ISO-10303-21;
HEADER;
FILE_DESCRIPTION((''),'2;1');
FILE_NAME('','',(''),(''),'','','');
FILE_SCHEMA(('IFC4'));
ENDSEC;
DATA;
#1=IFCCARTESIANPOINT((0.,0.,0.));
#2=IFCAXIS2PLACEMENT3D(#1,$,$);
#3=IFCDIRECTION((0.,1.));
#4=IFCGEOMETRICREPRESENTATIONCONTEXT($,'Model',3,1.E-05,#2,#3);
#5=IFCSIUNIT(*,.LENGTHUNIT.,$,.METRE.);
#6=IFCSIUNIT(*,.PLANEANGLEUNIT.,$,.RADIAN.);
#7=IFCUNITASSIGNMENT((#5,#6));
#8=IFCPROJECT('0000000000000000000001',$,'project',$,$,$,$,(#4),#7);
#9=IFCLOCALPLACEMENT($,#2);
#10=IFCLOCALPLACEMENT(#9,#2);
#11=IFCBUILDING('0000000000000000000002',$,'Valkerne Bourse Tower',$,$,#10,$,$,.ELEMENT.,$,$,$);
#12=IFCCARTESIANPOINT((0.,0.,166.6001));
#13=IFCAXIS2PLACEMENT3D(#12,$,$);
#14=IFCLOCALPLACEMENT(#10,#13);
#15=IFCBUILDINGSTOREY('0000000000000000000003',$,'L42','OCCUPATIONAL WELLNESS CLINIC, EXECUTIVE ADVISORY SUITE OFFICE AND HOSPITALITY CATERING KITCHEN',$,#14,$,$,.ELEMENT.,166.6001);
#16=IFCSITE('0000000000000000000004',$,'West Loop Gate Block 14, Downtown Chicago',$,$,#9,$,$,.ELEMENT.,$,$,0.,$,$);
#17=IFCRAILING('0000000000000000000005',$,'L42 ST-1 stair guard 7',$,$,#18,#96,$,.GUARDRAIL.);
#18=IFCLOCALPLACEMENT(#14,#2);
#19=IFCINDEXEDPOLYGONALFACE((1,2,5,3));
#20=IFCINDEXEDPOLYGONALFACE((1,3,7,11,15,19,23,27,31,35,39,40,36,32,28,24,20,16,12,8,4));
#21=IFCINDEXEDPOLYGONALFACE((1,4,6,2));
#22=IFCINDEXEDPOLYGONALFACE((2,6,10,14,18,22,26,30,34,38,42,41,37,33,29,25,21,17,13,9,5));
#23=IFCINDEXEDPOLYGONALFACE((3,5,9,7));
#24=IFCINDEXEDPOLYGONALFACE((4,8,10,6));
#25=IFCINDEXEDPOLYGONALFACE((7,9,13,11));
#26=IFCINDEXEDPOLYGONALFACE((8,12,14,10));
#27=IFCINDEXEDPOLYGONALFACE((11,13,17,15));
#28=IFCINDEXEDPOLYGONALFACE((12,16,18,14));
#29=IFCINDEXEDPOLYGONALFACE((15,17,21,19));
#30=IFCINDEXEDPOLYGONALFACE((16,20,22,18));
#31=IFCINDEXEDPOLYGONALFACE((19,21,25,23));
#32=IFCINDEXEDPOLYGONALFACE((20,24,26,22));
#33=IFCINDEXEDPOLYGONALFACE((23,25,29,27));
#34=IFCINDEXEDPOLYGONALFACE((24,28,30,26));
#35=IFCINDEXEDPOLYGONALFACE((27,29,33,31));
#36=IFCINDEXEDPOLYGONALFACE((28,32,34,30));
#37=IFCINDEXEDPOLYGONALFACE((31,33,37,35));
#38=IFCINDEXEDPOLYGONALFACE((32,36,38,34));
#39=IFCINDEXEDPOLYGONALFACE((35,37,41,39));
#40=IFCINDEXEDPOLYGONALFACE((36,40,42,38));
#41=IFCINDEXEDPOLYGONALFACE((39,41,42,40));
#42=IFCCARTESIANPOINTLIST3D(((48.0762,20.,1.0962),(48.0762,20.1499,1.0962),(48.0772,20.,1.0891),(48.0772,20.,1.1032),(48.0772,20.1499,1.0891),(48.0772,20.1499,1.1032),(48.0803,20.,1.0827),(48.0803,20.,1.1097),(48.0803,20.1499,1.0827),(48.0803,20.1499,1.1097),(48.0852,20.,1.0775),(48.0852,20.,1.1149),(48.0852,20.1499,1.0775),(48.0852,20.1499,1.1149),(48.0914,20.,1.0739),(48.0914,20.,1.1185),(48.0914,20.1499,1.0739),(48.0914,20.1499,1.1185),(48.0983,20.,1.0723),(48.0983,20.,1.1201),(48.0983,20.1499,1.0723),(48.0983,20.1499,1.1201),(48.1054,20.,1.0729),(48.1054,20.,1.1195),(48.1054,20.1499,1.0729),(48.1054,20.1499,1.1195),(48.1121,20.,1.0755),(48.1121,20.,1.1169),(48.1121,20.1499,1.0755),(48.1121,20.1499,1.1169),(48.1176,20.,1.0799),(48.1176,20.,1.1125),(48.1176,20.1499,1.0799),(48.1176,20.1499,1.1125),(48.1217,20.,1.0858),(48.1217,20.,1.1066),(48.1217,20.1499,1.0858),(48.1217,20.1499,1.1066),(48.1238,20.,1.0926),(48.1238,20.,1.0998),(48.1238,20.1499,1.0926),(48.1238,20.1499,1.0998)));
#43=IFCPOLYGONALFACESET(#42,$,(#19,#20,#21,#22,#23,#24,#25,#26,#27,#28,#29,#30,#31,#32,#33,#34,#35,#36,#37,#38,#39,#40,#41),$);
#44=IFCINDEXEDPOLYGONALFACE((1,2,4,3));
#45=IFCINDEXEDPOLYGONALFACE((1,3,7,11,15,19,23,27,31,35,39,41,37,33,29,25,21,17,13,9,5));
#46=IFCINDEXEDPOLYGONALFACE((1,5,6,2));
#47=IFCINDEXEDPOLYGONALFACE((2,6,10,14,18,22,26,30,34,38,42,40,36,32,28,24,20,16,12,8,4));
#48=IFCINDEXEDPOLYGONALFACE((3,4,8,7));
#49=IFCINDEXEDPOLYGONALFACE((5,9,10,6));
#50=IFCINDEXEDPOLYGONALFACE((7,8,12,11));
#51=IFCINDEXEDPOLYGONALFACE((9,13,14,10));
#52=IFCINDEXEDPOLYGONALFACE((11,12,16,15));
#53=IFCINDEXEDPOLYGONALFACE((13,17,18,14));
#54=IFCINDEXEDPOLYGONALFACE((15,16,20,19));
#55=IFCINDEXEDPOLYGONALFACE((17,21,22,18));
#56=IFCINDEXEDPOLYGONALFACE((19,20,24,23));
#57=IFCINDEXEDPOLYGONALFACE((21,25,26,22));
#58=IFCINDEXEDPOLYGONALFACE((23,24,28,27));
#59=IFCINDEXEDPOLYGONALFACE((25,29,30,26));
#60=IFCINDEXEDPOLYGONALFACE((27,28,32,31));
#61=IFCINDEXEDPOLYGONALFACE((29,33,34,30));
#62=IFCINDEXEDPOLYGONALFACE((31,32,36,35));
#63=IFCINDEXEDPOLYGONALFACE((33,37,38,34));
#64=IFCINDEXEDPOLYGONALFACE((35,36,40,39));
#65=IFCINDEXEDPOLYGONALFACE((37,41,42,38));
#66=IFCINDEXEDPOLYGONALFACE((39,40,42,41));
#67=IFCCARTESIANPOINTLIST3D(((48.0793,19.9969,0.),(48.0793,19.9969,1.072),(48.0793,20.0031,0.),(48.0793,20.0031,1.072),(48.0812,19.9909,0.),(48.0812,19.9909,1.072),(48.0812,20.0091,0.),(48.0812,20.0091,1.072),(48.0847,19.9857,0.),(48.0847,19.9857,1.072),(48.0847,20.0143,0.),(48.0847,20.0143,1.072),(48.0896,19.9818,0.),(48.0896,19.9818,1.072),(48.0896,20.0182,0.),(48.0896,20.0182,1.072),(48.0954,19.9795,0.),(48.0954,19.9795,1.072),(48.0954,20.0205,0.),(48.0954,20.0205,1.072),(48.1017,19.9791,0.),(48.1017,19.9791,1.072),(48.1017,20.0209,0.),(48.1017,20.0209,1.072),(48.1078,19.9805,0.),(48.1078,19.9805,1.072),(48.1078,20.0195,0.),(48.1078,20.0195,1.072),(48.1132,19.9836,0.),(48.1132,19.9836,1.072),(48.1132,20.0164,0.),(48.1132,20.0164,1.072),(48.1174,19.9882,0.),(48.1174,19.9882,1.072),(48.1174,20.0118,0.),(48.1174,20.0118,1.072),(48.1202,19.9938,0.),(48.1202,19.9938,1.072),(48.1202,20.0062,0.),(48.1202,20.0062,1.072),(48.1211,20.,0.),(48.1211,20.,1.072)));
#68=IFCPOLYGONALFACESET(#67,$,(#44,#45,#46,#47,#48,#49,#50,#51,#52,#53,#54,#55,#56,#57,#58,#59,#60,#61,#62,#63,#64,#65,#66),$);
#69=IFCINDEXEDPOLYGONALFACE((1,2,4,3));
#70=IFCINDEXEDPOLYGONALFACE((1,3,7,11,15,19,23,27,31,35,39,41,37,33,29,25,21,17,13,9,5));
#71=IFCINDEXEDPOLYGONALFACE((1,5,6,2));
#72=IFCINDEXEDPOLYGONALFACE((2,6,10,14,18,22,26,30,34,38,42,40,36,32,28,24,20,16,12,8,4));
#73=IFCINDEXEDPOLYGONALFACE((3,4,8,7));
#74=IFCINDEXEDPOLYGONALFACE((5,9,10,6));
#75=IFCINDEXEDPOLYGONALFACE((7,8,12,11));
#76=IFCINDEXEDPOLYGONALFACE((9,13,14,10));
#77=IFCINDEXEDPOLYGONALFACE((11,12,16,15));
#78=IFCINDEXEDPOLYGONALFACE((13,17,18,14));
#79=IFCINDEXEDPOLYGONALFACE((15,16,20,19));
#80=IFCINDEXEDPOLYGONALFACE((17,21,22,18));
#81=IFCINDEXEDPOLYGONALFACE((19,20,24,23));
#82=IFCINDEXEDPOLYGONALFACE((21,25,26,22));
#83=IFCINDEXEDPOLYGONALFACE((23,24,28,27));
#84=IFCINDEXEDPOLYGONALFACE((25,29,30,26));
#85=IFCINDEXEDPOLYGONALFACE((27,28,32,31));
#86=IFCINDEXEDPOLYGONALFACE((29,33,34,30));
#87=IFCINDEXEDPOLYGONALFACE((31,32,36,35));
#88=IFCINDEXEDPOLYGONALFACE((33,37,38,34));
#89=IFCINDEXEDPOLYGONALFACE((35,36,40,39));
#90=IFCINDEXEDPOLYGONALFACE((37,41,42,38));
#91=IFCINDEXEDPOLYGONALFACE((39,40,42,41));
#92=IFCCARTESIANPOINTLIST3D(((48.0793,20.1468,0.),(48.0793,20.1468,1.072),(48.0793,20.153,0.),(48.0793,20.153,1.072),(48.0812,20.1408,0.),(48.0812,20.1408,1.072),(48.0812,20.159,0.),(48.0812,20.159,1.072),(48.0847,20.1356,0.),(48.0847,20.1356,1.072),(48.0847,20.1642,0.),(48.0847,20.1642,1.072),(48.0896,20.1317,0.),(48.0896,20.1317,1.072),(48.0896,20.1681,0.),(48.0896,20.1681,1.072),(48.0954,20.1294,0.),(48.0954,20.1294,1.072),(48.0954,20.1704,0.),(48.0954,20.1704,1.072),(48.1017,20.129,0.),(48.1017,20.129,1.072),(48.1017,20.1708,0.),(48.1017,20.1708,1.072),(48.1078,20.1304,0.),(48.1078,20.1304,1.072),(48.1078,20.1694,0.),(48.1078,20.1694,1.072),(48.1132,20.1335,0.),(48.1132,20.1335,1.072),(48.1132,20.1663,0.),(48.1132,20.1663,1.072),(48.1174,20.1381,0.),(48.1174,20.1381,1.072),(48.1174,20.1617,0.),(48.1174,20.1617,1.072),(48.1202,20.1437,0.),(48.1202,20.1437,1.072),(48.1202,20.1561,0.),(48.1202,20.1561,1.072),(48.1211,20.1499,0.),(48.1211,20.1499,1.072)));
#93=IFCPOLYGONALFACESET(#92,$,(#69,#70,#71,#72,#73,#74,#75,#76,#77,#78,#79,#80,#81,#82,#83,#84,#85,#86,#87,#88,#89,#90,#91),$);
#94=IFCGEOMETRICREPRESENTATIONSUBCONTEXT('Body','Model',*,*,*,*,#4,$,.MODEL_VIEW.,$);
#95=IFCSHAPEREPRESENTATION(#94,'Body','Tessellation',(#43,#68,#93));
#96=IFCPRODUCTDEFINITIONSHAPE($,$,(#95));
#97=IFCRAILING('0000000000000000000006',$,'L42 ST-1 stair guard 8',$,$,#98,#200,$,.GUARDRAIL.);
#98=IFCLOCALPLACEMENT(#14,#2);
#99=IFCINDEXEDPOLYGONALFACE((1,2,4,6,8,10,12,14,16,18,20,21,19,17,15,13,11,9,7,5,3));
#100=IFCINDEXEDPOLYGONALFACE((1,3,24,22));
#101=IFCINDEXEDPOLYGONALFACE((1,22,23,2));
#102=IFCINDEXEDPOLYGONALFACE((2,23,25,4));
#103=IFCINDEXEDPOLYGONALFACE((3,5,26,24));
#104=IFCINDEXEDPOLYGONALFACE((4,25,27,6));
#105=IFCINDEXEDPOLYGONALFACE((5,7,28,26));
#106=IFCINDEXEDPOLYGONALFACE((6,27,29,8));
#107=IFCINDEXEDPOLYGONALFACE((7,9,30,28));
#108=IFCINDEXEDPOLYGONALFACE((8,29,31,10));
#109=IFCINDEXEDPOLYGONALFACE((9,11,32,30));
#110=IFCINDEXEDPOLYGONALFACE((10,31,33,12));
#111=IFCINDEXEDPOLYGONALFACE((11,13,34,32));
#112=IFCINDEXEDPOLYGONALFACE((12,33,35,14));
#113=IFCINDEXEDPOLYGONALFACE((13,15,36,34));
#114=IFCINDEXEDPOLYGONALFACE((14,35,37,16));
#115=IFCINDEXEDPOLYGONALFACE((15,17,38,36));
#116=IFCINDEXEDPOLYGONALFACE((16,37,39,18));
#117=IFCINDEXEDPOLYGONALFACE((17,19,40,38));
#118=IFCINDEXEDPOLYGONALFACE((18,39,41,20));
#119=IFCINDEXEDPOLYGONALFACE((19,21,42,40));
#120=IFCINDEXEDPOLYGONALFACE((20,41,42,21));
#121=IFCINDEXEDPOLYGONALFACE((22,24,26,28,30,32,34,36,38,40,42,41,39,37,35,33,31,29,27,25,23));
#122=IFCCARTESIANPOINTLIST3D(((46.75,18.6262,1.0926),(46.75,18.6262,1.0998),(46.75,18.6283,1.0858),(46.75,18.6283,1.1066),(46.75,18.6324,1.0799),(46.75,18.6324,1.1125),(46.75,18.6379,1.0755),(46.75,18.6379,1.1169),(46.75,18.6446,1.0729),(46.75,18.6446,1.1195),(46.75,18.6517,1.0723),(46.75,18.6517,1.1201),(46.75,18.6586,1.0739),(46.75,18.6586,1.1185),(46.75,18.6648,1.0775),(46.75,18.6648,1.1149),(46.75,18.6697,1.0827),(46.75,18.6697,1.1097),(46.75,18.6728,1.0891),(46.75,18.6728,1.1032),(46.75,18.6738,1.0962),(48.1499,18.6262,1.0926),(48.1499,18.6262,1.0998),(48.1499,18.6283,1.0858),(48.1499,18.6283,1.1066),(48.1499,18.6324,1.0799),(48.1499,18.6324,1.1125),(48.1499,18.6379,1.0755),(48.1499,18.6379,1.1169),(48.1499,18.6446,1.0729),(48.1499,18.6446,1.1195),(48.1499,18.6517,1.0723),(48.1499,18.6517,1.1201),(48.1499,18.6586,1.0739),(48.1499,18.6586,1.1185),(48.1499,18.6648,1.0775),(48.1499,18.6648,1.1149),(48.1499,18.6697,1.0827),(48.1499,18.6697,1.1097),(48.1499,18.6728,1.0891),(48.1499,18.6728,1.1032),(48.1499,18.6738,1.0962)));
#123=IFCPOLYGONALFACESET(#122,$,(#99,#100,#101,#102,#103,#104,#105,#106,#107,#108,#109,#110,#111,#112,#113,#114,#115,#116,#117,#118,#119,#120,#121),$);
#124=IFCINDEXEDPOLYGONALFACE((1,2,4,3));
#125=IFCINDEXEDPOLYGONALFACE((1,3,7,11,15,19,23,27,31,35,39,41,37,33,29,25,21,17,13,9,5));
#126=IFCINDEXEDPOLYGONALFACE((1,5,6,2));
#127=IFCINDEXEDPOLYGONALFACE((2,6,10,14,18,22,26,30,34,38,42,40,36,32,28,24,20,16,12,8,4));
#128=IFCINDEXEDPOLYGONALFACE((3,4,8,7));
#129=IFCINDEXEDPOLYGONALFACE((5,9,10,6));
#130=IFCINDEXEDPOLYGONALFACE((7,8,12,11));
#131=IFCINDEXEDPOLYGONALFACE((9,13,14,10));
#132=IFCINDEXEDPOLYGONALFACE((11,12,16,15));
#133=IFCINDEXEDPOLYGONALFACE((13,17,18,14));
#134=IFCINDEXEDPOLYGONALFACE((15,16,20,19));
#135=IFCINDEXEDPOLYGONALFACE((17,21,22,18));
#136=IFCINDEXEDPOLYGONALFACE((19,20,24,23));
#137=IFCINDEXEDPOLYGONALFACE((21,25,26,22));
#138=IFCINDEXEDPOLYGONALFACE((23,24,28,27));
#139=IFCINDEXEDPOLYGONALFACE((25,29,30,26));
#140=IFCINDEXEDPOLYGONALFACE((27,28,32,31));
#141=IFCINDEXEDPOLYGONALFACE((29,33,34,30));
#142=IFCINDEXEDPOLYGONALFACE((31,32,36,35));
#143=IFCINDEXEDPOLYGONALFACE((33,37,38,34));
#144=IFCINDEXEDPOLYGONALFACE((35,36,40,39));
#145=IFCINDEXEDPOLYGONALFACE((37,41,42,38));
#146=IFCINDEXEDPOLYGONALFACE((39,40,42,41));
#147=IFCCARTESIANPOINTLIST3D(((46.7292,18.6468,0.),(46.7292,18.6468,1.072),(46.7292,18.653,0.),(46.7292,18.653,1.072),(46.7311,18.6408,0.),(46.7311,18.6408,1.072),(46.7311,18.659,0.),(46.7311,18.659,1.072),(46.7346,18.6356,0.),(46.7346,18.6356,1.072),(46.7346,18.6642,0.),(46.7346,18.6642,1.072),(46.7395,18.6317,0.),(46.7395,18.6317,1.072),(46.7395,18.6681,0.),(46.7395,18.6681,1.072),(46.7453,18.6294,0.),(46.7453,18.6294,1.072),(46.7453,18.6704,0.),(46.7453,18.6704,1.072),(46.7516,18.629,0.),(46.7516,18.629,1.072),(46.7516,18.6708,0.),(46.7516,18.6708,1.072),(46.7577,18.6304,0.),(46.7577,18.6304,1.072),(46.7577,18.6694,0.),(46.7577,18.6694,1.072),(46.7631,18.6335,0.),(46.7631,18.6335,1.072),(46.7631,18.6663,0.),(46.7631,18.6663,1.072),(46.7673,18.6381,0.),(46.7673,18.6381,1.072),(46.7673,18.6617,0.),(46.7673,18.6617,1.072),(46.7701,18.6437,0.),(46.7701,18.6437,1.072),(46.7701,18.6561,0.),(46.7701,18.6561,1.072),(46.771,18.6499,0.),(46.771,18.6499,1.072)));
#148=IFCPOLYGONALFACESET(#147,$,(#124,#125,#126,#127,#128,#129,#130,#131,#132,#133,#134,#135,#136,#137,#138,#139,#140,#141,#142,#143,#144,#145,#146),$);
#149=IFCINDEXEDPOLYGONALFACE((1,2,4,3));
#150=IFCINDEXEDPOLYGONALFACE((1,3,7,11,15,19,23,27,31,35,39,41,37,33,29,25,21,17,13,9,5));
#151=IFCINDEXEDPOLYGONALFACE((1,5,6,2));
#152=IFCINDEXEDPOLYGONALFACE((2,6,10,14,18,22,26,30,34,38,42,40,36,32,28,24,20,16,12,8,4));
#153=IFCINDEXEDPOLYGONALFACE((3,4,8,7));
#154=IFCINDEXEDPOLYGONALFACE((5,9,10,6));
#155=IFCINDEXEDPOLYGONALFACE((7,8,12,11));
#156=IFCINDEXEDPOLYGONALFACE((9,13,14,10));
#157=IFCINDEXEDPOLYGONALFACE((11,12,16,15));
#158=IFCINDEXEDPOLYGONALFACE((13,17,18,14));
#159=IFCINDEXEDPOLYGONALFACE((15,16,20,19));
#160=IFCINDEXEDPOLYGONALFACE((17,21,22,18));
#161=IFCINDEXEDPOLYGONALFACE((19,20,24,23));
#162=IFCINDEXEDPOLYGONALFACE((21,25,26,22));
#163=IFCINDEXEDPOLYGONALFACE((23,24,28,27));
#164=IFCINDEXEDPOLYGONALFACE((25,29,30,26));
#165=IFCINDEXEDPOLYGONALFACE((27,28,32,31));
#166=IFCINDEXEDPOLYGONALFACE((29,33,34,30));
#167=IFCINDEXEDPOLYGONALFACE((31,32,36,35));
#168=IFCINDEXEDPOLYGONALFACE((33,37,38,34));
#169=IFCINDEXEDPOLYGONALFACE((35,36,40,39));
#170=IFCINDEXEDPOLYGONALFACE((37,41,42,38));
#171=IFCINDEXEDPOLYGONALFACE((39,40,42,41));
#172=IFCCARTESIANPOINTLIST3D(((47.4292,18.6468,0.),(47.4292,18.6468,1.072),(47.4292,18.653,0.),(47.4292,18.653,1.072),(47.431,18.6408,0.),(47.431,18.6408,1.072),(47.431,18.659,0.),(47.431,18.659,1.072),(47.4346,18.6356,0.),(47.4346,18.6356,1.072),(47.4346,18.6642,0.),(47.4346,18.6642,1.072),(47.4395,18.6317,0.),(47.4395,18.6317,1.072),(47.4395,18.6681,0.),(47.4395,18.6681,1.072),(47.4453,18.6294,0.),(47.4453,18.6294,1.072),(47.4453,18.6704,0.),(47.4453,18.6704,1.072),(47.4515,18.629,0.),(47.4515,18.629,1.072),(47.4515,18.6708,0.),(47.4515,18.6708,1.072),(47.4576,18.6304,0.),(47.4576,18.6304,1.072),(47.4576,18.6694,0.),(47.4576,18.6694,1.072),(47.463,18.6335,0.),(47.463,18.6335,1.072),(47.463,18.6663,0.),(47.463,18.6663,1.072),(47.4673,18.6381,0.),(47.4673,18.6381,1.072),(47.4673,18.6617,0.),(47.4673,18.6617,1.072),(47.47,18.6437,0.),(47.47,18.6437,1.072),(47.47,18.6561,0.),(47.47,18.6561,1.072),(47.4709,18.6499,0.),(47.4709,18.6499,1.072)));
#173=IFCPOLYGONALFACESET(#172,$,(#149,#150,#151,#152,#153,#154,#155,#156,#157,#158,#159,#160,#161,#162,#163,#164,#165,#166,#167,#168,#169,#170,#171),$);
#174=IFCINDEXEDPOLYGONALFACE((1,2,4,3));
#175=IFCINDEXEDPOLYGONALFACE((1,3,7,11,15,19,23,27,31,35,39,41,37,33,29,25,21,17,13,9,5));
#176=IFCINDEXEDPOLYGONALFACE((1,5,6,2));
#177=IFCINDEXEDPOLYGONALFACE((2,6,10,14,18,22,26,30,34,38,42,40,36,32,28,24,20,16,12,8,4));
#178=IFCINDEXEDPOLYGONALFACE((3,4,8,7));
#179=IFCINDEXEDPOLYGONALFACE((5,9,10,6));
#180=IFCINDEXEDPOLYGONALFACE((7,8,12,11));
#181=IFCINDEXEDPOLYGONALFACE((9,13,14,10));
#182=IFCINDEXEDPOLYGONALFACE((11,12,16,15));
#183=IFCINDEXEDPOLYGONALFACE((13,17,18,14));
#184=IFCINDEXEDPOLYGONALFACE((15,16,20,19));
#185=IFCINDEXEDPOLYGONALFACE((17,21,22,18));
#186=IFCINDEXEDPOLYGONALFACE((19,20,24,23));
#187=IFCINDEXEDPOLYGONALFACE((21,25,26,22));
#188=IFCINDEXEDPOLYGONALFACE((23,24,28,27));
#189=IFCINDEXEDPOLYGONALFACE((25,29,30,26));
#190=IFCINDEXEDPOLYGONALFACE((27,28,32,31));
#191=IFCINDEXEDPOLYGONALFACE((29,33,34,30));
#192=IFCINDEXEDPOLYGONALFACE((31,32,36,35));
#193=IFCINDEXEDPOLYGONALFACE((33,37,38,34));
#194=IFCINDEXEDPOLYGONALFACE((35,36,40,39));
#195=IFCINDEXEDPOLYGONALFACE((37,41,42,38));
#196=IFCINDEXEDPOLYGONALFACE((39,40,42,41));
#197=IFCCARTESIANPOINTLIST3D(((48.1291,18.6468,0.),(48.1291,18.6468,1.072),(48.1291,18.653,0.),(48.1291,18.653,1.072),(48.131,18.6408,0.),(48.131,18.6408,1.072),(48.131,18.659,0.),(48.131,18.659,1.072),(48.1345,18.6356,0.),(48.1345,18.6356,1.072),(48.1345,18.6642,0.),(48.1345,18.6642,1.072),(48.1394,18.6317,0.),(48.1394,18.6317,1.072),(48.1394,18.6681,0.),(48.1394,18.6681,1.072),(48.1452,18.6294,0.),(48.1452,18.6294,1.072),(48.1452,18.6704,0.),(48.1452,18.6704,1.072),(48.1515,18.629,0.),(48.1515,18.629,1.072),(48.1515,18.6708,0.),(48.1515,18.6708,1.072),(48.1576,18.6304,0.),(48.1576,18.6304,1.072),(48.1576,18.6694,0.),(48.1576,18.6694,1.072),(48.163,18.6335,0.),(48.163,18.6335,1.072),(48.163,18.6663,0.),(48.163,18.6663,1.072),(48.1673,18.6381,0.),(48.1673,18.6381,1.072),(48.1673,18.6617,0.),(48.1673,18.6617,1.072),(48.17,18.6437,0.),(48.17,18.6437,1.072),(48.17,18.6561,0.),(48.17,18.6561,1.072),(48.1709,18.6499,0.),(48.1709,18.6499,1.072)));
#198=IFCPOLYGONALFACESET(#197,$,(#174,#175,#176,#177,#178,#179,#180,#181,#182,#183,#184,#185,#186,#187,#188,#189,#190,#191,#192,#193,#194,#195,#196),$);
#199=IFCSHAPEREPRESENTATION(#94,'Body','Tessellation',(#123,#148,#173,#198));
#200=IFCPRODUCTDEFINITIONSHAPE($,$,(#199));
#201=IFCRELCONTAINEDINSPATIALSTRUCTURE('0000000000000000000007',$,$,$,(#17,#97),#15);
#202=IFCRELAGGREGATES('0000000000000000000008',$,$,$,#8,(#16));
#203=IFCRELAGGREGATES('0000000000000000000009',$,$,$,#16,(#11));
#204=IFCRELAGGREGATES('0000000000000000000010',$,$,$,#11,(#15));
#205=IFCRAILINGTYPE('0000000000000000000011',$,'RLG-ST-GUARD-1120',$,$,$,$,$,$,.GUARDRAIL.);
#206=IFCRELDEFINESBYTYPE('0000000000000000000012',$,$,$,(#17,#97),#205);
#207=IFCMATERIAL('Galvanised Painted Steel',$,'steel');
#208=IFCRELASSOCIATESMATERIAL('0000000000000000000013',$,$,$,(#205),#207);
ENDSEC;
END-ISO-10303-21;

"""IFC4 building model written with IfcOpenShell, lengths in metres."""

from ifc_helpers import new_model, si_unit, direction, frame, origin, origin_2d, place, context, subcontext, project, spatial, circle, extrude, material, type_object, element, save


model = new_model("IFC4")

# Units and contexts
model_context = context("Model", 3, precision=1e-05, world=origin(), true_north=direction((0.0, 1.0)))
body_context = subcontext(model_context, "Body", "Model", "MODEL_VIEW")
ifc_project = project(units=[si_unit("LENGTHUNIT", "METRE"), si_unit("PLANEANGLEUNIT", "RADIAN")], contexts=[model_context])

# Site, building, storey
site_placement = place(None, origin())
site = spatial("IfcSite", under=ifc_project, at=site_placement, Name="West Loop Gate Block 14, Downtown Chicago", CompositionType="ELEMENT", RefElevation=0.0)
building_placement = place(site_placement, origin())
building = spatial("IfcBuilding", under=site, at=building_placement, Name="Valkerne Bourse Tower", CompositionType="ELEMENT")
storey_placement = place(building_placement, frame((0.0, 0.0, 166.6001)))
storey = spatial("IfcBuildingStorey", under=building, at=storey_placement, Name="L42", Description="OCCUPATIONAL WELLNESS CLINIC, EXECUTIVE ADVISORY SUITE OFFICE AND HOSPITALITY CATERING KITCHEN", CompositionType="ELEMENT", Elevation=166.6001)

# Shared definitions
ifc_material_1 = material(Name="Galvanised Painted Steel", Category="steel")

# Railings
railing_type_1 = type_object("IfcRailingType", Name="RLG-ST-GUARD-1120", PredefinedType="GUARDRAIL", material=ifc_material_1)
railing_1_placement = place(storey_placement, frame((48.1001, 20.0, 0.0)))
element("IfcRailing", 1, at=railing_1_placement, inside=storey, type_object=railing_type_1, Name="L42 ST-1 stair guard 7", PredefinedType="GUARDRAIL", context=body_context, shape_type="SweptSolid", body=[
    extrude(circle(Radius=0.0239, at=origin_2d()), frame((0.0, 0.0, 1.0962), z_axis=(0.0, 1.0, 0.0), x_axis=(-1.0, 0.0, 0.0)), (0.0, 0.0, 1.0), 0.1499),
    extrude(circle(Radius=0.021, at=origin_2d()), origin(), (0.0, 0.0, 1.0), 1.072),
    extrude(circle(Radius=0.021, at=origin_2d()), frame((0.0, 0.1499, 0.0)), (0.0, 0.0, 1.0), 1.072),
])
for number, where, name in (
    (2, (46.75, 18.6499, 0.0), "L42 ST-1 stair guard 8"),
):
    element("IfcRailing", number, at=place(storey_placement, frame(where)), inside=storey, type_object=railing_type_1, Name=name, PredefinedType="GUARDRAIL", context=body_context, shape_type="SweptSolid", body=[
        extrude(circle(Radius=0.0239, at=origin_2d()), frame((0.0, 0.0, 1.0962), z_axis=(1.0, 0.0, 0.0), x_axis=(0.0, 1.0, 0.0)), (0.0, 0.0, 1.0), 1.3999),
        extrude(circle(Radius=0.021, at=origin_2d()), origin(), (0.0, 0.0, 1.0), 1.072),
        extrude(circle(Radius=0.021, at=origin_2d()), frame((0.7, 0.0, 0.0)), (0.0, 0.0, 1.0), 1.072),
        extrude(circle(Radius=0.021, at=origin_2d()), frame((1.3999, 0.0, 0.0)), (0.0, 0.0, 1.0), 1.072),
    ])

save(model, "model.ifc")
